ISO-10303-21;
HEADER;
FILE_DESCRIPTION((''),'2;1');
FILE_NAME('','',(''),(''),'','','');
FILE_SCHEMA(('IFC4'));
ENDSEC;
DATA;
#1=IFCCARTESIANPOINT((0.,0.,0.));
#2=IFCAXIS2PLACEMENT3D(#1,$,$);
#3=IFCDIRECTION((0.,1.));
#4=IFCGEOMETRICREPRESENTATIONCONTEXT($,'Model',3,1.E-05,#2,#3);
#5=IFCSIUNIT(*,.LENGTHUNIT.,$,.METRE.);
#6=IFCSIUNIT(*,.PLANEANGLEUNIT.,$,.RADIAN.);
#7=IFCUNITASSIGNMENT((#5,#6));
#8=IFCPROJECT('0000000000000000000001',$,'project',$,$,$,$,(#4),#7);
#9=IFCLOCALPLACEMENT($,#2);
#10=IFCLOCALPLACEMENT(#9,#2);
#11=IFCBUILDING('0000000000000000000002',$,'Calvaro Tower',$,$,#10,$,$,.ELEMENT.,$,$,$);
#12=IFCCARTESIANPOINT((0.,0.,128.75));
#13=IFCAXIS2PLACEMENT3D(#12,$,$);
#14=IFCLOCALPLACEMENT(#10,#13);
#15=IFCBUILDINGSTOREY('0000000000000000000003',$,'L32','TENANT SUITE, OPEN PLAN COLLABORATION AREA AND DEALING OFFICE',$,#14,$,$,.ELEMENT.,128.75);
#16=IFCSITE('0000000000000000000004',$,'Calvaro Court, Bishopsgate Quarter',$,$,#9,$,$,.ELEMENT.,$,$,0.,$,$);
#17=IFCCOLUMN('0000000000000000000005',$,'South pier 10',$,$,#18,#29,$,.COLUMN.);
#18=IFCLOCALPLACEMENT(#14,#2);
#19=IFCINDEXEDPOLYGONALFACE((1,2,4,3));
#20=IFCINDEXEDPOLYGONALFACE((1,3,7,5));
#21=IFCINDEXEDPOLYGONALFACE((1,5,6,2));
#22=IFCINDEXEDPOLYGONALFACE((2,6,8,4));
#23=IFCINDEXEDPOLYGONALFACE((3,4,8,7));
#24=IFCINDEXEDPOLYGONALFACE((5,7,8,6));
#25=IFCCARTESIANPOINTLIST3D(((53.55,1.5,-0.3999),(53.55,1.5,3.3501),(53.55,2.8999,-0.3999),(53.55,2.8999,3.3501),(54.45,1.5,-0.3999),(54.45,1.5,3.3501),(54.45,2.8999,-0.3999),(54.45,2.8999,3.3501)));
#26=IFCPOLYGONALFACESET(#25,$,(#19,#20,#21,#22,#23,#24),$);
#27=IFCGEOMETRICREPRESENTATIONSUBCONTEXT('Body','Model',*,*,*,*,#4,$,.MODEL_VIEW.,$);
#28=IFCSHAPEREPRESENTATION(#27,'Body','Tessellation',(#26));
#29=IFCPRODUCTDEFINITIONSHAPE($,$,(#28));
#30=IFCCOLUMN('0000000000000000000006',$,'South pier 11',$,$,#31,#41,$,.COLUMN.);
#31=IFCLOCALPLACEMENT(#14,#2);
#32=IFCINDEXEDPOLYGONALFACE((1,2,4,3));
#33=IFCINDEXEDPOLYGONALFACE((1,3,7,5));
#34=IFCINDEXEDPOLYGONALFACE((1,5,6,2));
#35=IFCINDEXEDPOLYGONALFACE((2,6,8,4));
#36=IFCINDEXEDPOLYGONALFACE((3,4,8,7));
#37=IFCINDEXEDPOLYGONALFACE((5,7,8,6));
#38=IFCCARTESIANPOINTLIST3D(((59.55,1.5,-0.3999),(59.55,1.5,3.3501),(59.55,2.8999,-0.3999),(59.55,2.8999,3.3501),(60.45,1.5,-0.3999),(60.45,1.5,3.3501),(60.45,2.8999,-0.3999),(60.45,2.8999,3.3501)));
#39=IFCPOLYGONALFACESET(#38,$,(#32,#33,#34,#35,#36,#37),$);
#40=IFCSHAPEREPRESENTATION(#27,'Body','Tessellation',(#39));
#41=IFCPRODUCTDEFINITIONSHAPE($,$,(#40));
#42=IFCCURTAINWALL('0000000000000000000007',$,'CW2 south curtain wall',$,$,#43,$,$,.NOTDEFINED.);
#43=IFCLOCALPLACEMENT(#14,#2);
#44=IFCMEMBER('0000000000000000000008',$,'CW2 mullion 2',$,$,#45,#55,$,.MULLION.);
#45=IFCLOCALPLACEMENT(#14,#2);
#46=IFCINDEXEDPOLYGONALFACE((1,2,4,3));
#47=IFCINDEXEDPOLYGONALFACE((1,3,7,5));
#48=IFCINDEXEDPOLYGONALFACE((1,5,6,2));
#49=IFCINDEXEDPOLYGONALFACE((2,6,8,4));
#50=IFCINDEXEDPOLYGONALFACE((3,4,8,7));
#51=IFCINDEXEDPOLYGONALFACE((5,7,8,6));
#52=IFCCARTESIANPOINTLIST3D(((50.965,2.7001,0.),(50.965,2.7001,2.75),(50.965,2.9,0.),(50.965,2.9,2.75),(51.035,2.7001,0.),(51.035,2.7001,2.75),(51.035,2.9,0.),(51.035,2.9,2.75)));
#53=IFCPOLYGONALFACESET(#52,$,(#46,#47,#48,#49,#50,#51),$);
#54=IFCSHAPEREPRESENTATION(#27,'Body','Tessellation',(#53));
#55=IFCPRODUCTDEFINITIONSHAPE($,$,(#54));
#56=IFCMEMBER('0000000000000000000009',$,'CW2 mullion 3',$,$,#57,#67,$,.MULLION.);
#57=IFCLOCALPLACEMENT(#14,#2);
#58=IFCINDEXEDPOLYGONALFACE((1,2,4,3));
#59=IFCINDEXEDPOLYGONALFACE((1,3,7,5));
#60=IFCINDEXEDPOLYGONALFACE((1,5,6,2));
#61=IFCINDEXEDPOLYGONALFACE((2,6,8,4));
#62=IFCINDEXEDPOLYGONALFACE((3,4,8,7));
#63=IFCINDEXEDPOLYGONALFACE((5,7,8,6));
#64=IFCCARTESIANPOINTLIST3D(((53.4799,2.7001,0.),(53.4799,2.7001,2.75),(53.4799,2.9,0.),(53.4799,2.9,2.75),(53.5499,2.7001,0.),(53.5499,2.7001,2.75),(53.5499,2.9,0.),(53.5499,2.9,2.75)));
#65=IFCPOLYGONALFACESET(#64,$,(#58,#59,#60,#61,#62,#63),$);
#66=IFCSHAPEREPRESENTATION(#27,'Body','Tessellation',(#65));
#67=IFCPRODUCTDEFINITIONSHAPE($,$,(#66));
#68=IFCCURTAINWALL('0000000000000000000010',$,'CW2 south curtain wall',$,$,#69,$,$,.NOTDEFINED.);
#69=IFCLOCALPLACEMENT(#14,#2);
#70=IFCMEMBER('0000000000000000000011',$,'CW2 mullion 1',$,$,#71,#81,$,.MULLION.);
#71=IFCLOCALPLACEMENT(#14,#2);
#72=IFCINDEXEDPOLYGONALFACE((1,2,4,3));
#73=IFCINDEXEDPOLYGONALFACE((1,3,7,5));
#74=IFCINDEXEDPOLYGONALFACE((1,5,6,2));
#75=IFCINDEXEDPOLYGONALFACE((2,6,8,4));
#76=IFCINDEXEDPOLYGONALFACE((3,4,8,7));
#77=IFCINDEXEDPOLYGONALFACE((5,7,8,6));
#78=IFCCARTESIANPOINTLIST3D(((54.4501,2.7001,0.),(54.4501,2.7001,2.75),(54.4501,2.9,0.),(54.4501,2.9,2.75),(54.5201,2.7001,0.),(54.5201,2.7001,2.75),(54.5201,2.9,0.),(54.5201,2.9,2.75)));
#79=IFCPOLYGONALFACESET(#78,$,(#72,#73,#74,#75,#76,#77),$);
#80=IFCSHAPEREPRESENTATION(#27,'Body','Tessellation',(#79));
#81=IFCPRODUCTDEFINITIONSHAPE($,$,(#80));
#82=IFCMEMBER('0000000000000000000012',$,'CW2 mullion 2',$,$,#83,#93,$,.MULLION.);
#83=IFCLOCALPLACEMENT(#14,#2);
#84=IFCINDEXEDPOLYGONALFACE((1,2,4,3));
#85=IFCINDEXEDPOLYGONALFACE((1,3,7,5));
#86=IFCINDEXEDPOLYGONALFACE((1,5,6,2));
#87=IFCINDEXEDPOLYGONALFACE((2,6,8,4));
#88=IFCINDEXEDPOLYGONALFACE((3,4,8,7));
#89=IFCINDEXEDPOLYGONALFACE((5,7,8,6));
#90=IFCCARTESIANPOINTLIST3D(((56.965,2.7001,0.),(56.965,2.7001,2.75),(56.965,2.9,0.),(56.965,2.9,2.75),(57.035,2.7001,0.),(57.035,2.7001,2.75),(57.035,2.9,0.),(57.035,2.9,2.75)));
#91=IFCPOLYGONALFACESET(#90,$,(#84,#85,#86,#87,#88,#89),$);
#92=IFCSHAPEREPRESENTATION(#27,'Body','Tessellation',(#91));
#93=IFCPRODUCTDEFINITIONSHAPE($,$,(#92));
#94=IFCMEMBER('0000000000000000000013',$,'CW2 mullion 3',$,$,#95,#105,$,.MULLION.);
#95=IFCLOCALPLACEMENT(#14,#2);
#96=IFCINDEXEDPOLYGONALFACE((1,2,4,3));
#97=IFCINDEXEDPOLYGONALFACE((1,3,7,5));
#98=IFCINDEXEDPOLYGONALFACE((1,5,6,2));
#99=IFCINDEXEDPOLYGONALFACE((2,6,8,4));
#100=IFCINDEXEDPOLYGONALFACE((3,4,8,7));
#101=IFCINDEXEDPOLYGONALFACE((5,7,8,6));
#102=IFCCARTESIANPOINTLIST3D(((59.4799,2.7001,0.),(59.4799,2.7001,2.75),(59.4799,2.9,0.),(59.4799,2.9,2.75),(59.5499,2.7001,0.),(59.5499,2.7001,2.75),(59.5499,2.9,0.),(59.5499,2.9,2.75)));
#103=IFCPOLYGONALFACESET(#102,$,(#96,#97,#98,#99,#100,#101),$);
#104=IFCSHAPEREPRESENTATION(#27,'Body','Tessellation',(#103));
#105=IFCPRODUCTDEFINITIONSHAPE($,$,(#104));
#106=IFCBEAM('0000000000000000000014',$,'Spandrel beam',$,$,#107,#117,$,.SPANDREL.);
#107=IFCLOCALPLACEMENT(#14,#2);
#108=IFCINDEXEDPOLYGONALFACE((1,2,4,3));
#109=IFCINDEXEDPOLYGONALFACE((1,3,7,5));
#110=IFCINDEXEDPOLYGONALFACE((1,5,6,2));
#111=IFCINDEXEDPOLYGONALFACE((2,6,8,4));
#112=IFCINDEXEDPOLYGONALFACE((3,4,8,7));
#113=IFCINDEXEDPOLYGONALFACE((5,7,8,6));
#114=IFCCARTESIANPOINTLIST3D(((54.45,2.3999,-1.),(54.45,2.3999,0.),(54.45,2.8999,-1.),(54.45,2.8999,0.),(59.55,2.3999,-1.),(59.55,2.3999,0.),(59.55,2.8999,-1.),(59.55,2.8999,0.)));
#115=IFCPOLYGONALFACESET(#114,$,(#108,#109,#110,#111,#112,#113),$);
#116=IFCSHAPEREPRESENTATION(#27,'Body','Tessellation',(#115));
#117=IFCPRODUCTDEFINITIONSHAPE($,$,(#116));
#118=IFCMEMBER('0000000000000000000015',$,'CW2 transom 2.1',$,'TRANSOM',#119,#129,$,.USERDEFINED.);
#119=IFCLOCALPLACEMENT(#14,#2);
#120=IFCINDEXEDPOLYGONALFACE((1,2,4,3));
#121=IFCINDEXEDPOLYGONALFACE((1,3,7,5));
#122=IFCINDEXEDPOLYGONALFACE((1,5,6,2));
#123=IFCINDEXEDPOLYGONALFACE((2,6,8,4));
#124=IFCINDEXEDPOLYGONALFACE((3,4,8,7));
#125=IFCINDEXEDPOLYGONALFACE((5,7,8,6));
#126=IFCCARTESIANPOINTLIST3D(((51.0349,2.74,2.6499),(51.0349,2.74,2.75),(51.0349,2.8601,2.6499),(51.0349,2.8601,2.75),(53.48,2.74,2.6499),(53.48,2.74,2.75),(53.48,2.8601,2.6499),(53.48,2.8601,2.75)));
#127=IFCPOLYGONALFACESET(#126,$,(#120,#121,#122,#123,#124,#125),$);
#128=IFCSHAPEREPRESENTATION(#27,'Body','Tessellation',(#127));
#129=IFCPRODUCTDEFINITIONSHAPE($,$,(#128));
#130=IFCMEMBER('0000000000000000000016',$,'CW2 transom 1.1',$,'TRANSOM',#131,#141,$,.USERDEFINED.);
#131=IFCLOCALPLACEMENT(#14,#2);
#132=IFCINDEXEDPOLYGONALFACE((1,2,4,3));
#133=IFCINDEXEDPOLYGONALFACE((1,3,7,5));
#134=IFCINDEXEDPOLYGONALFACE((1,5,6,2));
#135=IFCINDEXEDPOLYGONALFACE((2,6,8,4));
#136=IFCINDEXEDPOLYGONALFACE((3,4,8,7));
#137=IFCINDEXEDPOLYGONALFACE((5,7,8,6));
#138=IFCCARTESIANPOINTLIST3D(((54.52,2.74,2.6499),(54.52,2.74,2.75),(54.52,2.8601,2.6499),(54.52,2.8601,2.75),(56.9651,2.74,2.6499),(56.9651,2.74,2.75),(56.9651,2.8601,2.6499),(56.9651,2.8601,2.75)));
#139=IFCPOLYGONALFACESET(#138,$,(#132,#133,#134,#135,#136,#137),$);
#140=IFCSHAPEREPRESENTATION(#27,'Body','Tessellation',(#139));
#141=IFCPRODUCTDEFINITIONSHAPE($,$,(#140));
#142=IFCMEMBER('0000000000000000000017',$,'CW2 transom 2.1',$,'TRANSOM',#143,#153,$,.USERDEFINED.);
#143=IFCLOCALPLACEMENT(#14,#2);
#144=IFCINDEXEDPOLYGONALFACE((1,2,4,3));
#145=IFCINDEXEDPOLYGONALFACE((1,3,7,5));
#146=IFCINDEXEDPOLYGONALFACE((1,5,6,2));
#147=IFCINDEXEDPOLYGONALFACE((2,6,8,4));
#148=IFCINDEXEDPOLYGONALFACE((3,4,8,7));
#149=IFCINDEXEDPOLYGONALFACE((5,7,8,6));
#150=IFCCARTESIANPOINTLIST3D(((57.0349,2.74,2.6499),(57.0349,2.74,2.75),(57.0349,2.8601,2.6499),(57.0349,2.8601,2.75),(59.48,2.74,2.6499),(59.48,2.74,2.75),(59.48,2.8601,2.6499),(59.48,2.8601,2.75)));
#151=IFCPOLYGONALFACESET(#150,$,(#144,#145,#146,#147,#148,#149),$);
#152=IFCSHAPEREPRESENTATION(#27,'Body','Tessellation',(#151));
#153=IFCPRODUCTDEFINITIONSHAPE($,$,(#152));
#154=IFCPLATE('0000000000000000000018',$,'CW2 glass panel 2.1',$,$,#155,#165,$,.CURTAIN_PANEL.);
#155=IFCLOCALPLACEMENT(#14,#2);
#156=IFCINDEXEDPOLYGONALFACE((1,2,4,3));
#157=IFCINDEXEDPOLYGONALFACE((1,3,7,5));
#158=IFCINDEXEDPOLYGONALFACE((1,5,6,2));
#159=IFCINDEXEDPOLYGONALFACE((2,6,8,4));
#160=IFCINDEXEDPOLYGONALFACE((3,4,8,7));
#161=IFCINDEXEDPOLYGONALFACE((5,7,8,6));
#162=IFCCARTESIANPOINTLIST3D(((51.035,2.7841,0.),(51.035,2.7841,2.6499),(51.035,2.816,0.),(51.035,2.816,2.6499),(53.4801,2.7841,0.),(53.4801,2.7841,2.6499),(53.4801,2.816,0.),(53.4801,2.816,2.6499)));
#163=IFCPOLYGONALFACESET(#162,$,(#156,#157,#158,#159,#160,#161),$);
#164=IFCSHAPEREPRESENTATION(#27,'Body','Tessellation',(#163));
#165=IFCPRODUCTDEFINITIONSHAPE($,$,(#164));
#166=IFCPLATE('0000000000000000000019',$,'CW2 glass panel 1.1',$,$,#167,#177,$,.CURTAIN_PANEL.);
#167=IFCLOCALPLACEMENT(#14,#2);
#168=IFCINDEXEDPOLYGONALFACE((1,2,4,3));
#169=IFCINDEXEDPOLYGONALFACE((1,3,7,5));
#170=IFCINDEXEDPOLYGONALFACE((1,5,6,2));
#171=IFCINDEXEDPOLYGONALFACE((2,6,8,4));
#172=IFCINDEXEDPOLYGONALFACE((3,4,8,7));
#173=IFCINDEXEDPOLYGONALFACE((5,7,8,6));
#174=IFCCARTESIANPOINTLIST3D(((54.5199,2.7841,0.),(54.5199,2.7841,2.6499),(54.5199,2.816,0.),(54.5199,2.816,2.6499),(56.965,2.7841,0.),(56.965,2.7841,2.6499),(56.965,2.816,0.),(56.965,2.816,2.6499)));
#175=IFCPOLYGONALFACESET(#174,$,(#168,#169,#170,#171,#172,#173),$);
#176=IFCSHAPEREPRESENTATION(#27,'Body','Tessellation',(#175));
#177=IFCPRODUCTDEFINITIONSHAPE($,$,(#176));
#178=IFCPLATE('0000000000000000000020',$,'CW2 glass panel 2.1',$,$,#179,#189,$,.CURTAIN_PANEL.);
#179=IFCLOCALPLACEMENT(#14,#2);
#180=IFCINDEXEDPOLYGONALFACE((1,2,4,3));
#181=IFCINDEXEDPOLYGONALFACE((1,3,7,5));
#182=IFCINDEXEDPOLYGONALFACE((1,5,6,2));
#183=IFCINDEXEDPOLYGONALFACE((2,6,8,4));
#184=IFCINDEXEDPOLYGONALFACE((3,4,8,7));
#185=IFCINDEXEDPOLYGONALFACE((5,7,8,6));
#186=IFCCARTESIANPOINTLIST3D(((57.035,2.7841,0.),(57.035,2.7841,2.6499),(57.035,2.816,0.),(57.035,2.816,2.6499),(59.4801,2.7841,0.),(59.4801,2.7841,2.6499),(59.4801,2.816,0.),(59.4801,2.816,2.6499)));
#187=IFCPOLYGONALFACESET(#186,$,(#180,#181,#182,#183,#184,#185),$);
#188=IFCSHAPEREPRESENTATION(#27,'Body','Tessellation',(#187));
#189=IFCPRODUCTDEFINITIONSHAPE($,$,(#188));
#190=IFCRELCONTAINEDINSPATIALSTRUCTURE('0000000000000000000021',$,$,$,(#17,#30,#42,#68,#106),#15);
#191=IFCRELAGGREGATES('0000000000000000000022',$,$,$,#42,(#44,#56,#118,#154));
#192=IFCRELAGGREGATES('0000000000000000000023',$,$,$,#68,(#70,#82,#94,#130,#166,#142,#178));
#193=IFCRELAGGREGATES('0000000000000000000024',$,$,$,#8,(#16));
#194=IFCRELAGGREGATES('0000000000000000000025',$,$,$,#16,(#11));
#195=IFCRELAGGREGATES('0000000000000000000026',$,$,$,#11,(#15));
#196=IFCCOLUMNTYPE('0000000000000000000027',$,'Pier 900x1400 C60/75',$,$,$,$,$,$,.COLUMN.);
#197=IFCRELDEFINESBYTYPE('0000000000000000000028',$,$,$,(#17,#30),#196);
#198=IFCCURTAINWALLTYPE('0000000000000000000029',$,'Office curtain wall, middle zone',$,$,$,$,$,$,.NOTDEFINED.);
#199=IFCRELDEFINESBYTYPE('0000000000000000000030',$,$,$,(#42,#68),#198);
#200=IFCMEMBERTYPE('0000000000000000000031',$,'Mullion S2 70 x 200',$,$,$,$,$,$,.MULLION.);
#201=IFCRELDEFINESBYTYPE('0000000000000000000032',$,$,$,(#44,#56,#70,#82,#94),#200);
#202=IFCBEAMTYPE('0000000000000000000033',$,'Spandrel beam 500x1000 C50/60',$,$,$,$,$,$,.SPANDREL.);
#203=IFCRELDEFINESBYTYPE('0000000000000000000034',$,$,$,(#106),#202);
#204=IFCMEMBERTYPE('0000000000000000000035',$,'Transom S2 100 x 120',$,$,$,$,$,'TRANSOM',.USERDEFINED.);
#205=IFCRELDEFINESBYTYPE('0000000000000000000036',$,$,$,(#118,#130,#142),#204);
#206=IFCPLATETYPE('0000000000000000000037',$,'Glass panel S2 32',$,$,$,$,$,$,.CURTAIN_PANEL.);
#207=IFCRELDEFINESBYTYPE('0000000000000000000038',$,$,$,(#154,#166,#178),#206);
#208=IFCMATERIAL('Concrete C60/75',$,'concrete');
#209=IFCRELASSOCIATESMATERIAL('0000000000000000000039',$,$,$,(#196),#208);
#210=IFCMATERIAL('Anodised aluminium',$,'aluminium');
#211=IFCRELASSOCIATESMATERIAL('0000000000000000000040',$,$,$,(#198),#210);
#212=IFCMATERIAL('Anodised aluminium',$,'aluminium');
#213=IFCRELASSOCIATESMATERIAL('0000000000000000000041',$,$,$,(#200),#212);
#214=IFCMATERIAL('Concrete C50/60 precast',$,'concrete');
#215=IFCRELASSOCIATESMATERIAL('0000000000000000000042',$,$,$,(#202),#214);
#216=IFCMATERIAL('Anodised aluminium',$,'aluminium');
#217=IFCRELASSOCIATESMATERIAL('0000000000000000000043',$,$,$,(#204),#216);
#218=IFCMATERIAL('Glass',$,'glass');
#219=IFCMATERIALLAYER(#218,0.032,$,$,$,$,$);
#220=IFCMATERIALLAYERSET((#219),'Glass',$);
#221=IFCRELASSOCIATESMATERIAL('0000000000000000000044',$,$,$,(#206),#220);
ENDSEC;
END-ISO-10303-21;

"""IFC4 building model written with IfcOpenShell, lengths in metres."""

from ifc_helpers import new_model, si_unit, direction, frame, origin, origin_2d, place, context, subcontext, project, spatial, rectangle, extrude, material, layer, layer_set, material_profile, profile_set, type_object, element, aggregate, save


model = new_model("IFC4")

# Units and contexts
model_context = context("Model", 3, precision=1e-05, world=origin(), true_north=direction((0.0, 1.0)))
body_context = subcontext(model_context, "Body", "Model", "MODEL_VIEW")
ifc_project = project(units=[si_unit("LENGTHUNIT", "METRE"), si_unit("PLANEANGLEUNIT", "RADIAN")], contexts=[model_context])

# Site, building, storey
site_placement = place(None, origin())
site = spatial("IfcSite", under=ifc_project, at=site_placement, Name="Calvaro Court, Bishopsgate Quarter", CompositionType="ELEMENT", RefElevation=0.0)
building_placement = place(site_placement, origin())
building = spatial("IfcBuilding", under=site, at=building_placement, Name="Calvaro Tower", CompositionType="ELEMENT")
storey_placement = place(building_placement, frame((0.0, 0.0, 128.75)))
storey = spatial("IfcBuildingStorey", under=building, at=storey_placement, Name="L32", Description="TENANT SUITE, OPEN PLAN COLLABORATION AREA AND DEALING OFFICE", CompositionType="ELEMENT", Elevation=128.75)

# Columns
ifc_material_1 = material(Name="Concrete C60/75", Category="concrete")
ifc_material_profile_1 = material_profile(ifc_material_1, rectangle(XDim=0.8999, YDim=1.3999, at=origin_2d()), Name="RC 900x1400")
ifc_profile_set_1 = profile_set([ifc_material_profile_1], Name="Concrete C60/75")
column_type = type_object("IfcColumnType", Name="Pier 900x1400 C60/75", PredefinedType="COLUMN", material=ifc_profile_set_1)
for number, where, z_axis, x_axis, name in (
    (1, (54.0, 2.2, -0.3999), (0.0, 0.0, 1.0), (1.0, 0.0, 0.0), "South pier 10"),
    (2, (60.0, 2.2, -0.3999), (0.0, 0.0, 1.0), (1.0, 0.0, 0.0), "South pier 11"),
):
    element("IfcColumn", number, at=place(storey_placement, frame(where, z_axis=z_axis, x_axis=x_axis)), inside=storey, type_object=column_type, Name=name, PredefinedType="COLUMN", context=body_context, shape_type="SweptSolid", body=[
        extrude(rectangle(XDim=0.8999, YDim=1.3999, at=origin_2d()), origin(), (0.0, 0.0, 1.0), 3.75),
    ])

# Curtain walls, members
ifc_material_2 = material(Name="Anodised aluminium", Category="aluminium")
curtain_wall_type = type_object("IfcCurtainWallType", Name="Office curtain wall, middle zone", PredefinedType="NOTDEFINED", material=ifc_material_2)
curtain_wall_1_placement = place(storey_placement, origin())
curtain_wall_1 = element("IfcCurtainWall", 3, at=curtain_wall_1_placement, inside=storey, type_object=curtain_wall_type, Name="CW2 south curtain wall", PredefinedType="NOTDEFINED")
ifc_material_3 = material(Name="Anodised aluminium", Category="aluminium")
ifc_material_profile_2 = material_profile(ifc_material_3, rectangle(XDim=0.2, YDim=0.0701, at=origin_2d()), Name="Mullion S2 70 x 200")
ifc_profile_set_2 = profile_set([ifc_material_profile_2], Name="Anodised aluminium")
member_type_1 = type_object("IfcMemberType", Name="Mullion S2 70 x 200", PredefinedType="MULLION", material=ifc_profile_set_2)
member_1_placement = place(storey_placement, frame((51.0, 2.8, 0.0), z_axis=(0.0, 0.0, 1.0), x_axis=(0.0, 1.0, 0.0)))
member_1 = element("IfcMember", 4, at=member_1_placement, type_object=member_type_1, Name="CW2 mullion 2", PredefinedType="MULLION", context=body_context, shape_type="SweptSolid", body=[
    extrude(rectangle(XDim=0.2, YDim=0.0701, at=origin_2d()), origin(), (0.0, 0.0, 1.0), 2.75),
])
member_2_placement = place(storey_placement, frame((53.5149, 2.8, 0.0), z_axis=(0.0, 0.0, 1.0), x_axis=(0.0, 1.0, 0.0)))
member_2 = element("IfcMember", 5, at=member_2_placement, type_object=member_type_1, Name="CW2 mullion 3", PredefinedType="MULLION", context=body_context, shape_type="SweptSolid", body=[
    extrude(rectangle(XDim=0.2, YDim=0.0701, at=origin_2d()), origin(), (0.0, 0.0, 1.0), 2.75),
])
curtain_wall_2_placement = place(storey_placement, origin())
curtain_wall_2 = element("IfcCurtainWall", 6, at=curtain_wall_2_placement, inside=storey, type_object=curtain_wall_type, Name="CW2 south curtain wall", PredefinedType="NOTDEFINED")
member_3_placement = place(storey_placement, frame((54.4851, 2.8, 0.0), z_axis=(0.0, 0.0, 1.0), x_axis=(0.0, 1.0, 0.0)))
member_3 = element("IfcMember", 7, at=member_3_placement, type_object=member_type_1, Name="CW2 mullion 1", PredefinedType="MULLION", context=body_context, shape_type="SweptSolid", body=[
    extrude(rectangle(XDim=0.2, YDim=0.0701, at=origin_2d()), origin(), (0.0, 0.0, 1.0), 2.75),
])
member_4_placement = place(storey_placement, frame((57.0, 2.8, 0.0), z_axis=(0.0, 0.0, 1.0), x_axis=(0.0, 1.0, 0.0)))
member_4 = element("IfcMember", 8, at=member_4_placement, type_object=member_type_1, Name="CW2 mullion 2", PredefinedType="MULLION", context=body_context, shape_type="SweptSolid", body=[
    extrude(rectangle(XDim=0.2, YDim=0.0701, at=origin_2d()), origin(), (0.0, 0.0, 1.0), 2.75),
])
member_5_placement = place(storey_placement, frame((59.5149, 2.8, 0.0), z_axis=(0.0, 0.0, 1.0), x_axis=(0.0, 1.0, 0.0)))
member_5 = element("IfcMember", 9, at=member_5_placement, type_object=member_type_1, Name="CW2 mullion 3", PredefinedType="MULLION", context=body_context, shape_type="SweptSolid", body=[
    extrude(rectangle(XDim=0.2, YDim=0.0701, at=origin_2d()), origin(), (0.0, 0.0, 1.0), 2.75),
])

# Beam
ifc_material_4 = material(Name="Concrete C50/60 precast", Category="concrete")
ifc_material_profile_3 = material_profile(ifc_material_4, rectangle(XDim=0.5, YDim=1.0, at=origin_2d()), Name="RC 500x1000")
ifc_profile_set_3 = profile_set([ifc_material_profile_3], Name="Concrete C50/60 precast")
beam_type = type_object("IfcBeamType", Name="Spandrel beam 500x1000 C50/60", PredefinedType="SPANDREL", material=ifc_profile_set_3)
beam_placement = place(storey_placement, frame((54.45, 2.6499, -0.5), z_axis=(1.0, 0.0, 0.0), x_axis=(0.0, 1.0, 0.0)))
element("IfcBeam", 10, at=beam_placement, inside=storey, type_object=beam_type, Name="Spandrel beam", PredefinedType="SPANDREL", context=body_context, shape_type="SweptSolid", body=[
    extrude(rectangle(XDim=0.5, YDim=1.0, at=origin_2d()), origin(), (0.0, 0.0, 1.0), 5.1001),
])

# Members
ifc_material_5 = material(Name="Anodised aluminium", Category="aluminium")
ifc_material_profile_4 = material_profile(ifc_material_5, rectangle(XDim=0.1201, YDim=0.1001, at=origin_2d()), Name="Transom S2 100 x 120")
ifc_profile_set_4 = profile_set([ifc_material_profile_4], Name="Anodised aluminium")
member_type_2 = type_object("IfcMemberType", Name="Transom S2 100 x 120", ElementType="TRANSOM", PredefinedType="USERDEFINED", material=ifc_profile_set_4)
member_6_placement = place(storey_placement, frame((51.0349, 2.8, 2.7), z_axis=(1.0, 0.0, 0.0), x_axis=(0.0, 1.0, 0.0)))
member_6 = element("IfcMember", 11, at=member_6_placement, type_object=member_type_2, Name="CW2 transom 2.1", ObjectType="TRANSOM", PredefinedType="USERDEFINED", context=body_context, shape_type="SweptSolid", body=[
    extrude(rectangle(XDim=0.1201, YDim=0.1001, at=origin_2d()), origin(), (0.0, 0.0, 1.0), 2.4451),
])
member_7_placement = place(storey_placement, frame((54.52, 2.8, 2.7), z_axis=(1.0, 0.0, 0.0), x_axis=(0.0, 1.0, 0.0)))
member_7 = element("IfcMember", 12, at=member_7_placement, type_object=member_type_2, Name="CW2 transom 1.1", ObjectType="TRANSOM", PredefinedType="USERDEFINED", context=body_context, shape_type="SweptSolid", body=[
    extrude(rectangle(XDim=0.1201, YDim=0.1001, at=origin_2d()), origin(), (0.0, 0.0, 1.0), 2.4451),
])
member_8_placement = place(storey_placement, frame((57.0349, 2.8, 2.7), z_axis=(1.0, 0.0, 0.0), x_axis=(0.0, 1.0, 0.0)))
member_8 = element("IfcMember", 13, at=member_8_placement, type_object=member_type_2, Name="CW2 transom 2.1", ObjectType="TRANSOM", PredefinedType="USERDEFINED", context=body_context, shape_type="SweptSolid", body=[
    extrude(rectangle(XDim=0.1201, YDim=0.1001, at=origin_2d()), origin(), (0.0, 0.0, 1.0), 2.4451),
])

# Plates
ifc_material_6 = material(Name="Glass", Category="glass")
ifc_layer = layer(ifc_material_6, 0.032)
ifc_layer_set = layer_set([ifc_layer], Name="Glass")
plate_type = type_object("IfcPlateType", Name="Glass panel S2 32", PredefinedType="CURTAIN_PANEL", material=ifc_layer_set)
plate_1_placement = place(storey_placement, frame((52.2576, 2.8, 0.0), z_axis=(0.0, 0.0, 1.0), x_axis=(1.0, 0.0, 0.0)))
plate_1 = element("IfcPlate", 14, at=plate_1_placement, type_object=plate_type, Name="CW2 glass panel 2.1", PredefinedType="CURTAIN_PANEL", context=body_context, shape_type="SweptSolid", body=[
    extrude(rectangle(XDim=2.4451, YDim=0.032, at=origin_2d()), origin(), (0.0, 0.0, 1.0), 2.6499),
])
aggregate(curtain_wall_1, [member_1, member_2, member_6, plate_1])
plate_2_placement = place(storey_placement, frame((55.7424, 2.8, 0.0), z_axis=(0.0, 0.0, 1.0), x_axis=(1.0, 0.0, 0.0)))
plate_2 = element("IfcPlate", 15, at=plate_2_placement, type_object=plate_type, Name="CW2 glass panel 1.1", PredefinedType="CURTAIN_PANEL", context=body_context, shape_type="SweptSolid", body=[
    extrude(rectangle(XDim=2.4451, YDim=0.032, at=origin_2d()), origin(), (0.0, 0.0, 1.0), 2.6499),
])
plate_3_placement = place(storey_placement, frame((58.2576, 2.8, 0.0), z_axis=(0.0, 0.0, 1.0), x_axis=(1.0, 0.0, 0.0)))
plate_3 = element("IfcPlate", 16, at=plate_3_placement, type_object=plate_type, Name="CW2 glass panel 2.1", PredefinedType="CURTAIN_PANEL", context=body_context, shape_type="SweptSolid", body=[
    extrude(rectangle(XDim=2.4451, YDim=0.032, at=origin_2d()), origin(), (0.0, 0.0, 1.0), 2.6499),
])
aggregate(curtain_wall_2, [member_3, member_4, member_5, member_7, plate_2, member_8, plate_3])

save(model, "model.ifc")
